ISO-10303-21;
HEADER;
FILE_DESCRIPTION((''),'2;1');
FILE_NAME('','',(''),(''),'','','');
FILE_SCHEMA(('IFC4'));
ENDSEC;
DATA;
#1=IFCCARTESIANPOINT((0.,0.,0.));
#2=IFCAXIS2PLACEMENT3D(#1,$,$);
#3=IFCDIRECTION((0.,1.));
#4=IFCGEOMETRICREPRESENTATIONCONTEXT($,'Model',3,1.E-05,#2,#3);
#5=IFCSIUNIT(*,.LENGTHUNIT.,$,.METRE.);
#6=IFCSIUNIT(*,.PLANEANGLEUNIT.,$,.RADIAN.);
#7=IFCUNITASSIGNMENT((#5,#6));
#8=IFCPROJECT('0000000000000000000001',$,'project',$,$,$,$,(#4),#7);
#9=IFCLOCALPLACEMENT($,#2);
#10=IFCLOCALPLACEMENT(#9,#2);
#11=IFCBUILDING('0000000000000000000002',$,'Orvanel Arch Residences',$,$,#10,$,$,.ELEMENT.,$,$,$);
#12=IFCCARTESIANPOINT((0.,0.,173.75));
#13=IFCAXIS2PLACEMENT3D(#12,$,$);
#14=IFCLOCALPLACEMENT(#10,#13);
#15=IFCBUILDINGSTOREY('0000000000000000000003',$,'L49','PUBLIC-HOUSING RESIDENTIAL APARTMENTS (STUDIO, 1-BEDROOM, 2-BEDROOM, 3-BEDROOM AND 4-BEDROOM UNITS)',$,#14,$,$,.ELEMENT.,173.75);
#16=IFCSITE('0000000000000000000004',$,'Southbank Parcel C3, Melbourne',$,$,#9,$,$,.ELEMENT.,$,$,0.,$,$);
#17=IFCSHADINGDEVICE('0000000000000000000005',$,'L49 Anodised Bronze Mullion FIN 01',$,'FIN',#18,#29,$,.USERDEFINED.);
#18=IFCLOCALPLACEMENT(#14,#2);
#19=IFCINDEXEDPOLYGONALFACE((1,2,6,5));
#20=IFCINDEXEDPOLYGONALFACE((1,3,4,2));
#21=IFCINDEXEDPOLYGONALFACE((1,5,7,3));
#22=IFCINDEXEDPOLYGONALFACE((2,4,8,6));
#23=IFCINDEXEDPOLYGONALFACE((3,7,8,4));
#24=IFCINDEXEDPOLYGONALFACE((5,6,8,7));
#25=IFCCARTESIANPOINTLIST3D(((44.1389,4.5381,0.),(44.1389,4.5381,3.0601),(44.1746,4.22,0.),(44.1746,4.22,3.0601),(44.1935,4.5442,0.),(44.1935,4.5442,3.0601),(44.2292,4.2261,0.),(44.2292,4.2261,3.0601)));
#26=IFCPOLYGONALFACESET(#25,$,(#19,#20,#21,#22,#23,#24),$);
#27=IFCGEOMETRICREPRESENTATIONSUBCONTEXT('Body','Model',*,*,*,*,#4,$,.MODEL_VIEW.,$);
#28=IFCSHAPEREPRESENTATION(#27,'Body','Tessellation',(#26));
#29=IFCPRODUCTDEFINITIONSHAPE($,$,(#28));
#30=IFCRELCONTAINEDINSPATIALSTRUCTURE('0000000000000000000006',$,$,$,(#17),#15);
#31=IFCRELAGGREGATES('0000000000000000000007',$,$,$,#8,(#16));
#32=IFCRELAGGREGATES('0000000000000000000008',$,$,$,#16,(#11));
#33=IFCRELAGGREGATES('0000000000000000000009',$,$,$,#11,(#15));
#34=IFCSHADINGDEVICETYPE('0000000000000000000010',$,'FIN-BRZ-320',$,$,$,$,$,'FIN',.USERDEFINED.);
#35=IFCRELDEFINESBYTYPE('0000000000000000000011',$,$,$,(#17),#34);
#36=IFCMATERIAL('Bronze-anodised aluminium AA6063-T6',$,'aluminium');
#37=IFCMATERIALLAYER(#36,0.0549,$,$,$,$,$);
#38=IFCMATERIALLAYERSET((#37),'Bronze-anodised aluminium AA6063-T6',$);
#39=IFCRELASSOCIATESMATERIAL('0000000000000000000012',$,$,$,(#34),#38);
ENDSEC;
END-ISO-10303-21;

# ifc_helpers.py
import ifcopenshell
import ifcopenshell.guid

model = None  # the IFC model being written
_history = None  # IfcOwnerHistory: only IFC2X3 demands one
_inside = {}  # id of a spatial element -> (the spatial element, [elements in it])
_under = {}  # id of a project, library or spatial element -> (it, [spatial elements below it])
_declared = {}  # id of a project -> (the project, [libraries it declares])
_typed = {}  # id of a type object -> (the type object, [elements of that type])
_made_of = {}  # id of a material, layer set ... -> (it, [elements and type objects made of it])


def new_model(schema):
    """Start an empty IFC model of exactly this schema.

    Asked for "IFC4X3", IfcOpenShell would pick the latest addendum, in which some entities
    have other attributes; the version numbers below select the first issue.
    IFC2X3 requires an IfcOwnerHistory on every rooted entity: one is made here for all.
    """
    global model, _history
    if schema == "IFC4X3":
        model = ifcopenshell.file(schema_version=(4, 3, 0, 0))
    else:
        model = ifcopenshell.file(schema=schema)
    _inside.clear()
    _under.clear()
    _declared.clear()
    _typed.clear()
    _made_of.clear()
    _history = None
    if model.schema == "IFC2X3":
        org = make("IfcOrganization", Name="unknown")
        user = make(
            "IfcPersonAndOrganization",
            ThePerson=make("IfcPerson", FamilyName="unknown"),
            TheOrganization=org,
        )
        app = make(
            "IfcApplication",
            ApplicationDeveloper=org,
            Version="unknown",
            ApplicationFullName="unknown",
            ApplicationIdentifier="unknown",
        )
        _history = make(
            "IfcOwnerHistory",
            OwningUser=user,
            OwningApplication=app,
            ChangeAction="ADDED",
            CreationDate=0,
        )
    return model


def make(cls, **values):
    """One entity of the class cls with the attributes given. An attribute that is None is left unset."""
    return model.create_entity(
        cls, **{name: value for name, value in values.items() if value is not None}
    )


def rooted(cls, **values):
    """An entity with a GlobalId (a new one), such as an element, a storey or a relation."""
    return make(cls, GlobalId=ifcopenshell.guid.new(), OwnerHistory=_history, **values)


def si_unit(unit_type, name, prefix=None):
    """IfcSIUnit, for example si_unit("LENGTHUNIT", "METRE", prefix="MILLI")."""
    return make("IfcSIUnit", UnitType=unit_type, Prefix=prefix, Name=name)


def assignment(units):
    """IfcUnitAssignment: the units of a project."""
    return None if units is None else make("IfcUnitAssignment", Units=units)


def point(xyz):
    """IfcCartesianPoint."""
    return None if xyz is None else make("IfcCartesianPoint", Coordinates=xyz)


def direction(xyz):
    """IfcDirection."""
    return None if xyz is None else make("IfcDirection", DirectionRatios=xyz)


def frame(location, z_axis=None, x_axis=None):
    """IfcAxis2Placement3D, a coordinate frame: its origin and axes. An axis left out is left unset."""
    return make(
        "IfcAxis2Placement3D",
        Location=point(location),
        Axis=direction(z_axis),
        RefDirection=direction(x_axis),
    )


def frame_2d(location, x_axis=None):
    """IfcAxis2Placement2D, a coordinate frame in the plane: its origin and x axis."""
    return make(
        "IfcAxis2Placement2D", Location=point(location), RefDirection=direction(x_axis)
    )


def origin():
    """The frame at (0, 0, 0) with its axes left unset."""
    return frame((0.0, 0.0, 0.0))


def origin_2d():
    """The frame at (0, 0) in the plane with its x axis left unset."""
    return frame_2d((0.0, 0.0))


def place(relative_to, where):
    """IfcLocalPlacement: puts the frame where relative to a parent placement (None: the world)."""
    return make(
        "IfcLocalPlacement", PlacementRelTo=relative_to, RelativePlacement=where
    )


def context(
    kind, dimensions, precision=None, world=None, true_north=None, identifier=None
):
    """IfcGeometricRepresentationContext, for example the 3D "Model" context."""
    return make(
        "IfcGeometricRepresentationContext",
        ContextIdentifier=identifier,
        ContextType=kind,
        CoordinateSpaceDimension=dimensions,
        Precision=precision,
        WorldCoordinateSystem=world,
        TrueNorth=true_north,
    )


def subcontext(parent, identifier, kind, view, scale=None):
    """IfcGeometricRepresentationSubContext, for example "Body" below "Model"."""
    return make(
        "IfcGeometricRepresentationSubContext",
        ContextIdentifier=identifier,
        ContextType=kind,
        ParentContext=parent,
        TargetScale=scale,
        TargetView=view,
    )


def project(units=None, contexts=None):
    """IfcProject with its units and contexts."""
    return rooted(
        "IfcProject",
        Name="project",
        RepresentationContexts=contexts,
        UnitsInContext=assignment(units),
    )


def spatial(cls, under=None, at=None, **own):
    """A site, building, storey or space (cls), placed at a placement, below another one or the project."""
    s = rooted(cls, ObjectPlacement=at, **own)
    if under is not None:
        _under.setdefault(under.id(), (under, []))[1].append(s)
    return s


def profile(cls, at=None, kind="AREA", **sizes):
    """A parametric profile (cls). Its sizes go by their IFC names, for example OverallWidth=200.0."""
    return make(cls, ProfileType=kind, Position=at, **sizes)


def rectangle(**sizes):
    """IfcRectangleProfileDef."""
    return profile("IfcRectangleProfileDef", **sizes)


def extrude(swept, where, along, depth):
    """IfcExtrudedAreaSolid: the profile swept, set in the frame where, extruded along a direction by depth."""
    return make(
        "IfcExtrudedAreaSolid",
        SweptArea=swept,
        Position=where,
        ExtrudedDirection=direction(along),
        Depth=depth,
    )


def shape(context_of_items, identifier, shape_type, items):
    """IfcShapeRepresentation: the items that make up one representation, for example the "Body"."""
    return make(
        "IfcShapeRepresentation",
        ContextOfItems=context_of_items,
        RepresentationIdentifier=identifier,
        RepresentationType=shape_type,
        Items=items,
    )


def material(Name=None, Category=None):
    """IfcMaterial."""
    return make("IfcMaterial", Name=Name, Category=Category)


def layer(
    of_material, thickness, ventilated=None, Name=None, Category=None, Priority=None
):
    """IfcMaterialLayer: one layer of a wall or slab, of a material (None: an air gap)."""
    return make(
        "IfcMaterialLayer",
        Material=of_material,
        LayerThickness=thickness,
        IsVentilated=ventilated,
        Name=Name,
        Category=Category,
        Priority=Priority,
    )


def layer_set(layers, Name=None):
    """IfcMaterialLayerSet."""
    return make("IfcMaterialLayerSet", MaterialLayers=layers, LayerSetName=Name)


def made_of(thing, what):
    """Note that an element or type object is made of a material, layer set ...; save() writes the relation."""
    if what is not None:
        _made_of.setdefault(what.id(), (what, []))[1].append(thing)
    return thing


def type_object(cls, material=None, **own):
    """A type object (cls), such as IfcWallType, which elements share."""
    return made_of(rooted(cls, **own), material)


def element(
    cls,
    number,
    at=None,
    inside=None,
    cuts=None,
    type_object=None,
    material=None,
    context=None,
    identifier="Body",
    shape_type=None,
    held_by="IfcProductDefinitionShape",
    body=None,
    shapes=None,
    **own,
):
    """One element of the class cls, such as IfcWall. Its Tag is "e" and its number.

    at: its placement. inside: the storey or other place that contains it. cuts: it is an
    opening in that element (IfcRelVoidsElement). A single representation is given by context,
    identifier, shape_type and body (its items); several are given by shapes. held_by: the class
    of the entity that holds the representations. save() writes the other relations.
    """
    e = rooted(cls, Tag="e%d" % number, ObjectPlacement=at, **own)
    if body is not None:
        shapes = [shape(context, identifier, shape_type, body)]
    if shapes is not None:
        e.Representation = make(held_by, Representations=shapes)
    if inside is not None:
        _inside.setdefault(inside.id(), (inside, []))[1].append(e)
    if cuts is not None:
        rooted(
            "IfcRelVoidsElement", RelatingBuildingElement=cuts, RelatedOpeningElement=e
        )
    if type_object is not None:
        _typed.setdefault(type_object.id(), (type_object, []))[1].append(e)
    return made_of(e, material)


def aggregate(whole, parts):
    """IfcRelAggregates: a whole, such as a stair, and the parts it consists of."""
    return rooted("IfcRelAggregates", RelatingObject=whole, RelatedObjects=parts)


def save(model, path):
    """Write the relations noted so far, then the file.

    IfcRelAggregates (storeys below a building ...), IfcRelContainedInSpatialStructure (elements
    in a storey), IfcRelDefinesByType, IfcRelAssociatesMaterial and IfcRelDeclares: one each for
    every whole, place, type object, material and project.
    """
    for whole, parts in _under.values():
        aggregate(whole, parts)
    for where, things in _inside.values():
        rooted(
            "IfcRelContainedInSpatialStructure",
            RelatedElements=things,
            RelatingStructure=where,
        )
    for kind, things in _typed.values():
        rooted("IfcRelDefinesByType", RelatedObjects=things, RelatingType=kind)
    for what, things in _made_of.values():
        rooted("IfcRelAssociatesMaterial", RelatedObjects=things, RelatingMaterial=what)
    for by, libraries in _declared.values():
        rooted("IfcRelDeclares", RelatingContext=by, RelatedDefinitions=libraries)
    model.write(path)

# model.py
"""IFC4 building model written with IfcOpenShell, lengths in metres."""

from ifc_helpers import new_model, si_unit, direction, frame, origin, origin_2d, place, context, subcontext, project, spatial, rectangle, extrude, material, layer, layer_set, type_object, element, save


model = new_model("IFC4")

# Units and contexts
model_context = context("Model", 3, precision=1e-05, world=origin(), true_north=direction((0.0, 1.0)))
body_context = subcontext(model_context, "Body", "Model", "MODEL_VIEW")
ifc_project = project(units=[si_unit("LENGTHUNIT", "METRE"), si_unit("PLANEANGLEUNIT", "RADIAN")], contexts=[model_context])

# Site, building, storey
site_placement = place(None, origin())
site = spatial("IfcSite", under=ifc_project, at=site_placement, Name="Southbank Parcel C3, Melbourne", CompositionType="ELEMENT", RefElevation=0.0)
building_placement = place(site_placement, origin())
building = spatial("IfcBuilding", under=site, at=building_placement, Name="Orvanel Arch Residences", CompositionType="ELEMENT")
storey_placement = place(building_placement, frame((0.0, 0.0, 173.75)))
storey = spatial("IfcBuildingStorey", under=building, at=storey_placement, Name="L49", Description="PUBLIC-HOUSING RESIDENTIAL APARTMENTS (STUDIO, 1-BEDROOM, 2-BEDROOM, 3-BEDROOM AND 4-BEDROOM UNITS)", CompositionType="ELEMENT", Elevation=173.75)

# Shared definitions
ifc_material_1 = material(Name="Bronze-anodised aluminium AA6063-T6", Category="aluminium")

# Shading device
ifc_layer_1 = layer(ifc_material_1, 0.0549)
ifc_layer_set_1 = layer_set([ifc_layer_1], Name="Bronze-anodised aluminium AA6063-T6")
shading_device_type = type_object("IfcShadingDeviceType", Name="FIN-BRZ-320", ElementType="FIN", PredefinedType="USERDEFINED", material=ifc_layer_set_1)
shading_device_placement = place(storey_placement, frame((44.1841, 4.3821, 0.0), z_axis=(0.0, 0.0, 1.0), x_axis=(0.111469, -0.993768, 0.0)))
element("IfcShadingDevice", 1, at=shading_device_placement, inside=storey, type_object=shading_device_type, Name="L49 Anodised Bronze Mullion FIN 01", ObjectType="FIN", PredefinedType="USERDEFINED", context=body_context, shape_type="SweptSolid", body=[
    extrude(rectangle(XDim=0.3201, YDim=0.0549, at=origin_2d()), origin(), (0.0, 0.0, 1.0), 3.0601),
])

save(model, "model.ifc")
